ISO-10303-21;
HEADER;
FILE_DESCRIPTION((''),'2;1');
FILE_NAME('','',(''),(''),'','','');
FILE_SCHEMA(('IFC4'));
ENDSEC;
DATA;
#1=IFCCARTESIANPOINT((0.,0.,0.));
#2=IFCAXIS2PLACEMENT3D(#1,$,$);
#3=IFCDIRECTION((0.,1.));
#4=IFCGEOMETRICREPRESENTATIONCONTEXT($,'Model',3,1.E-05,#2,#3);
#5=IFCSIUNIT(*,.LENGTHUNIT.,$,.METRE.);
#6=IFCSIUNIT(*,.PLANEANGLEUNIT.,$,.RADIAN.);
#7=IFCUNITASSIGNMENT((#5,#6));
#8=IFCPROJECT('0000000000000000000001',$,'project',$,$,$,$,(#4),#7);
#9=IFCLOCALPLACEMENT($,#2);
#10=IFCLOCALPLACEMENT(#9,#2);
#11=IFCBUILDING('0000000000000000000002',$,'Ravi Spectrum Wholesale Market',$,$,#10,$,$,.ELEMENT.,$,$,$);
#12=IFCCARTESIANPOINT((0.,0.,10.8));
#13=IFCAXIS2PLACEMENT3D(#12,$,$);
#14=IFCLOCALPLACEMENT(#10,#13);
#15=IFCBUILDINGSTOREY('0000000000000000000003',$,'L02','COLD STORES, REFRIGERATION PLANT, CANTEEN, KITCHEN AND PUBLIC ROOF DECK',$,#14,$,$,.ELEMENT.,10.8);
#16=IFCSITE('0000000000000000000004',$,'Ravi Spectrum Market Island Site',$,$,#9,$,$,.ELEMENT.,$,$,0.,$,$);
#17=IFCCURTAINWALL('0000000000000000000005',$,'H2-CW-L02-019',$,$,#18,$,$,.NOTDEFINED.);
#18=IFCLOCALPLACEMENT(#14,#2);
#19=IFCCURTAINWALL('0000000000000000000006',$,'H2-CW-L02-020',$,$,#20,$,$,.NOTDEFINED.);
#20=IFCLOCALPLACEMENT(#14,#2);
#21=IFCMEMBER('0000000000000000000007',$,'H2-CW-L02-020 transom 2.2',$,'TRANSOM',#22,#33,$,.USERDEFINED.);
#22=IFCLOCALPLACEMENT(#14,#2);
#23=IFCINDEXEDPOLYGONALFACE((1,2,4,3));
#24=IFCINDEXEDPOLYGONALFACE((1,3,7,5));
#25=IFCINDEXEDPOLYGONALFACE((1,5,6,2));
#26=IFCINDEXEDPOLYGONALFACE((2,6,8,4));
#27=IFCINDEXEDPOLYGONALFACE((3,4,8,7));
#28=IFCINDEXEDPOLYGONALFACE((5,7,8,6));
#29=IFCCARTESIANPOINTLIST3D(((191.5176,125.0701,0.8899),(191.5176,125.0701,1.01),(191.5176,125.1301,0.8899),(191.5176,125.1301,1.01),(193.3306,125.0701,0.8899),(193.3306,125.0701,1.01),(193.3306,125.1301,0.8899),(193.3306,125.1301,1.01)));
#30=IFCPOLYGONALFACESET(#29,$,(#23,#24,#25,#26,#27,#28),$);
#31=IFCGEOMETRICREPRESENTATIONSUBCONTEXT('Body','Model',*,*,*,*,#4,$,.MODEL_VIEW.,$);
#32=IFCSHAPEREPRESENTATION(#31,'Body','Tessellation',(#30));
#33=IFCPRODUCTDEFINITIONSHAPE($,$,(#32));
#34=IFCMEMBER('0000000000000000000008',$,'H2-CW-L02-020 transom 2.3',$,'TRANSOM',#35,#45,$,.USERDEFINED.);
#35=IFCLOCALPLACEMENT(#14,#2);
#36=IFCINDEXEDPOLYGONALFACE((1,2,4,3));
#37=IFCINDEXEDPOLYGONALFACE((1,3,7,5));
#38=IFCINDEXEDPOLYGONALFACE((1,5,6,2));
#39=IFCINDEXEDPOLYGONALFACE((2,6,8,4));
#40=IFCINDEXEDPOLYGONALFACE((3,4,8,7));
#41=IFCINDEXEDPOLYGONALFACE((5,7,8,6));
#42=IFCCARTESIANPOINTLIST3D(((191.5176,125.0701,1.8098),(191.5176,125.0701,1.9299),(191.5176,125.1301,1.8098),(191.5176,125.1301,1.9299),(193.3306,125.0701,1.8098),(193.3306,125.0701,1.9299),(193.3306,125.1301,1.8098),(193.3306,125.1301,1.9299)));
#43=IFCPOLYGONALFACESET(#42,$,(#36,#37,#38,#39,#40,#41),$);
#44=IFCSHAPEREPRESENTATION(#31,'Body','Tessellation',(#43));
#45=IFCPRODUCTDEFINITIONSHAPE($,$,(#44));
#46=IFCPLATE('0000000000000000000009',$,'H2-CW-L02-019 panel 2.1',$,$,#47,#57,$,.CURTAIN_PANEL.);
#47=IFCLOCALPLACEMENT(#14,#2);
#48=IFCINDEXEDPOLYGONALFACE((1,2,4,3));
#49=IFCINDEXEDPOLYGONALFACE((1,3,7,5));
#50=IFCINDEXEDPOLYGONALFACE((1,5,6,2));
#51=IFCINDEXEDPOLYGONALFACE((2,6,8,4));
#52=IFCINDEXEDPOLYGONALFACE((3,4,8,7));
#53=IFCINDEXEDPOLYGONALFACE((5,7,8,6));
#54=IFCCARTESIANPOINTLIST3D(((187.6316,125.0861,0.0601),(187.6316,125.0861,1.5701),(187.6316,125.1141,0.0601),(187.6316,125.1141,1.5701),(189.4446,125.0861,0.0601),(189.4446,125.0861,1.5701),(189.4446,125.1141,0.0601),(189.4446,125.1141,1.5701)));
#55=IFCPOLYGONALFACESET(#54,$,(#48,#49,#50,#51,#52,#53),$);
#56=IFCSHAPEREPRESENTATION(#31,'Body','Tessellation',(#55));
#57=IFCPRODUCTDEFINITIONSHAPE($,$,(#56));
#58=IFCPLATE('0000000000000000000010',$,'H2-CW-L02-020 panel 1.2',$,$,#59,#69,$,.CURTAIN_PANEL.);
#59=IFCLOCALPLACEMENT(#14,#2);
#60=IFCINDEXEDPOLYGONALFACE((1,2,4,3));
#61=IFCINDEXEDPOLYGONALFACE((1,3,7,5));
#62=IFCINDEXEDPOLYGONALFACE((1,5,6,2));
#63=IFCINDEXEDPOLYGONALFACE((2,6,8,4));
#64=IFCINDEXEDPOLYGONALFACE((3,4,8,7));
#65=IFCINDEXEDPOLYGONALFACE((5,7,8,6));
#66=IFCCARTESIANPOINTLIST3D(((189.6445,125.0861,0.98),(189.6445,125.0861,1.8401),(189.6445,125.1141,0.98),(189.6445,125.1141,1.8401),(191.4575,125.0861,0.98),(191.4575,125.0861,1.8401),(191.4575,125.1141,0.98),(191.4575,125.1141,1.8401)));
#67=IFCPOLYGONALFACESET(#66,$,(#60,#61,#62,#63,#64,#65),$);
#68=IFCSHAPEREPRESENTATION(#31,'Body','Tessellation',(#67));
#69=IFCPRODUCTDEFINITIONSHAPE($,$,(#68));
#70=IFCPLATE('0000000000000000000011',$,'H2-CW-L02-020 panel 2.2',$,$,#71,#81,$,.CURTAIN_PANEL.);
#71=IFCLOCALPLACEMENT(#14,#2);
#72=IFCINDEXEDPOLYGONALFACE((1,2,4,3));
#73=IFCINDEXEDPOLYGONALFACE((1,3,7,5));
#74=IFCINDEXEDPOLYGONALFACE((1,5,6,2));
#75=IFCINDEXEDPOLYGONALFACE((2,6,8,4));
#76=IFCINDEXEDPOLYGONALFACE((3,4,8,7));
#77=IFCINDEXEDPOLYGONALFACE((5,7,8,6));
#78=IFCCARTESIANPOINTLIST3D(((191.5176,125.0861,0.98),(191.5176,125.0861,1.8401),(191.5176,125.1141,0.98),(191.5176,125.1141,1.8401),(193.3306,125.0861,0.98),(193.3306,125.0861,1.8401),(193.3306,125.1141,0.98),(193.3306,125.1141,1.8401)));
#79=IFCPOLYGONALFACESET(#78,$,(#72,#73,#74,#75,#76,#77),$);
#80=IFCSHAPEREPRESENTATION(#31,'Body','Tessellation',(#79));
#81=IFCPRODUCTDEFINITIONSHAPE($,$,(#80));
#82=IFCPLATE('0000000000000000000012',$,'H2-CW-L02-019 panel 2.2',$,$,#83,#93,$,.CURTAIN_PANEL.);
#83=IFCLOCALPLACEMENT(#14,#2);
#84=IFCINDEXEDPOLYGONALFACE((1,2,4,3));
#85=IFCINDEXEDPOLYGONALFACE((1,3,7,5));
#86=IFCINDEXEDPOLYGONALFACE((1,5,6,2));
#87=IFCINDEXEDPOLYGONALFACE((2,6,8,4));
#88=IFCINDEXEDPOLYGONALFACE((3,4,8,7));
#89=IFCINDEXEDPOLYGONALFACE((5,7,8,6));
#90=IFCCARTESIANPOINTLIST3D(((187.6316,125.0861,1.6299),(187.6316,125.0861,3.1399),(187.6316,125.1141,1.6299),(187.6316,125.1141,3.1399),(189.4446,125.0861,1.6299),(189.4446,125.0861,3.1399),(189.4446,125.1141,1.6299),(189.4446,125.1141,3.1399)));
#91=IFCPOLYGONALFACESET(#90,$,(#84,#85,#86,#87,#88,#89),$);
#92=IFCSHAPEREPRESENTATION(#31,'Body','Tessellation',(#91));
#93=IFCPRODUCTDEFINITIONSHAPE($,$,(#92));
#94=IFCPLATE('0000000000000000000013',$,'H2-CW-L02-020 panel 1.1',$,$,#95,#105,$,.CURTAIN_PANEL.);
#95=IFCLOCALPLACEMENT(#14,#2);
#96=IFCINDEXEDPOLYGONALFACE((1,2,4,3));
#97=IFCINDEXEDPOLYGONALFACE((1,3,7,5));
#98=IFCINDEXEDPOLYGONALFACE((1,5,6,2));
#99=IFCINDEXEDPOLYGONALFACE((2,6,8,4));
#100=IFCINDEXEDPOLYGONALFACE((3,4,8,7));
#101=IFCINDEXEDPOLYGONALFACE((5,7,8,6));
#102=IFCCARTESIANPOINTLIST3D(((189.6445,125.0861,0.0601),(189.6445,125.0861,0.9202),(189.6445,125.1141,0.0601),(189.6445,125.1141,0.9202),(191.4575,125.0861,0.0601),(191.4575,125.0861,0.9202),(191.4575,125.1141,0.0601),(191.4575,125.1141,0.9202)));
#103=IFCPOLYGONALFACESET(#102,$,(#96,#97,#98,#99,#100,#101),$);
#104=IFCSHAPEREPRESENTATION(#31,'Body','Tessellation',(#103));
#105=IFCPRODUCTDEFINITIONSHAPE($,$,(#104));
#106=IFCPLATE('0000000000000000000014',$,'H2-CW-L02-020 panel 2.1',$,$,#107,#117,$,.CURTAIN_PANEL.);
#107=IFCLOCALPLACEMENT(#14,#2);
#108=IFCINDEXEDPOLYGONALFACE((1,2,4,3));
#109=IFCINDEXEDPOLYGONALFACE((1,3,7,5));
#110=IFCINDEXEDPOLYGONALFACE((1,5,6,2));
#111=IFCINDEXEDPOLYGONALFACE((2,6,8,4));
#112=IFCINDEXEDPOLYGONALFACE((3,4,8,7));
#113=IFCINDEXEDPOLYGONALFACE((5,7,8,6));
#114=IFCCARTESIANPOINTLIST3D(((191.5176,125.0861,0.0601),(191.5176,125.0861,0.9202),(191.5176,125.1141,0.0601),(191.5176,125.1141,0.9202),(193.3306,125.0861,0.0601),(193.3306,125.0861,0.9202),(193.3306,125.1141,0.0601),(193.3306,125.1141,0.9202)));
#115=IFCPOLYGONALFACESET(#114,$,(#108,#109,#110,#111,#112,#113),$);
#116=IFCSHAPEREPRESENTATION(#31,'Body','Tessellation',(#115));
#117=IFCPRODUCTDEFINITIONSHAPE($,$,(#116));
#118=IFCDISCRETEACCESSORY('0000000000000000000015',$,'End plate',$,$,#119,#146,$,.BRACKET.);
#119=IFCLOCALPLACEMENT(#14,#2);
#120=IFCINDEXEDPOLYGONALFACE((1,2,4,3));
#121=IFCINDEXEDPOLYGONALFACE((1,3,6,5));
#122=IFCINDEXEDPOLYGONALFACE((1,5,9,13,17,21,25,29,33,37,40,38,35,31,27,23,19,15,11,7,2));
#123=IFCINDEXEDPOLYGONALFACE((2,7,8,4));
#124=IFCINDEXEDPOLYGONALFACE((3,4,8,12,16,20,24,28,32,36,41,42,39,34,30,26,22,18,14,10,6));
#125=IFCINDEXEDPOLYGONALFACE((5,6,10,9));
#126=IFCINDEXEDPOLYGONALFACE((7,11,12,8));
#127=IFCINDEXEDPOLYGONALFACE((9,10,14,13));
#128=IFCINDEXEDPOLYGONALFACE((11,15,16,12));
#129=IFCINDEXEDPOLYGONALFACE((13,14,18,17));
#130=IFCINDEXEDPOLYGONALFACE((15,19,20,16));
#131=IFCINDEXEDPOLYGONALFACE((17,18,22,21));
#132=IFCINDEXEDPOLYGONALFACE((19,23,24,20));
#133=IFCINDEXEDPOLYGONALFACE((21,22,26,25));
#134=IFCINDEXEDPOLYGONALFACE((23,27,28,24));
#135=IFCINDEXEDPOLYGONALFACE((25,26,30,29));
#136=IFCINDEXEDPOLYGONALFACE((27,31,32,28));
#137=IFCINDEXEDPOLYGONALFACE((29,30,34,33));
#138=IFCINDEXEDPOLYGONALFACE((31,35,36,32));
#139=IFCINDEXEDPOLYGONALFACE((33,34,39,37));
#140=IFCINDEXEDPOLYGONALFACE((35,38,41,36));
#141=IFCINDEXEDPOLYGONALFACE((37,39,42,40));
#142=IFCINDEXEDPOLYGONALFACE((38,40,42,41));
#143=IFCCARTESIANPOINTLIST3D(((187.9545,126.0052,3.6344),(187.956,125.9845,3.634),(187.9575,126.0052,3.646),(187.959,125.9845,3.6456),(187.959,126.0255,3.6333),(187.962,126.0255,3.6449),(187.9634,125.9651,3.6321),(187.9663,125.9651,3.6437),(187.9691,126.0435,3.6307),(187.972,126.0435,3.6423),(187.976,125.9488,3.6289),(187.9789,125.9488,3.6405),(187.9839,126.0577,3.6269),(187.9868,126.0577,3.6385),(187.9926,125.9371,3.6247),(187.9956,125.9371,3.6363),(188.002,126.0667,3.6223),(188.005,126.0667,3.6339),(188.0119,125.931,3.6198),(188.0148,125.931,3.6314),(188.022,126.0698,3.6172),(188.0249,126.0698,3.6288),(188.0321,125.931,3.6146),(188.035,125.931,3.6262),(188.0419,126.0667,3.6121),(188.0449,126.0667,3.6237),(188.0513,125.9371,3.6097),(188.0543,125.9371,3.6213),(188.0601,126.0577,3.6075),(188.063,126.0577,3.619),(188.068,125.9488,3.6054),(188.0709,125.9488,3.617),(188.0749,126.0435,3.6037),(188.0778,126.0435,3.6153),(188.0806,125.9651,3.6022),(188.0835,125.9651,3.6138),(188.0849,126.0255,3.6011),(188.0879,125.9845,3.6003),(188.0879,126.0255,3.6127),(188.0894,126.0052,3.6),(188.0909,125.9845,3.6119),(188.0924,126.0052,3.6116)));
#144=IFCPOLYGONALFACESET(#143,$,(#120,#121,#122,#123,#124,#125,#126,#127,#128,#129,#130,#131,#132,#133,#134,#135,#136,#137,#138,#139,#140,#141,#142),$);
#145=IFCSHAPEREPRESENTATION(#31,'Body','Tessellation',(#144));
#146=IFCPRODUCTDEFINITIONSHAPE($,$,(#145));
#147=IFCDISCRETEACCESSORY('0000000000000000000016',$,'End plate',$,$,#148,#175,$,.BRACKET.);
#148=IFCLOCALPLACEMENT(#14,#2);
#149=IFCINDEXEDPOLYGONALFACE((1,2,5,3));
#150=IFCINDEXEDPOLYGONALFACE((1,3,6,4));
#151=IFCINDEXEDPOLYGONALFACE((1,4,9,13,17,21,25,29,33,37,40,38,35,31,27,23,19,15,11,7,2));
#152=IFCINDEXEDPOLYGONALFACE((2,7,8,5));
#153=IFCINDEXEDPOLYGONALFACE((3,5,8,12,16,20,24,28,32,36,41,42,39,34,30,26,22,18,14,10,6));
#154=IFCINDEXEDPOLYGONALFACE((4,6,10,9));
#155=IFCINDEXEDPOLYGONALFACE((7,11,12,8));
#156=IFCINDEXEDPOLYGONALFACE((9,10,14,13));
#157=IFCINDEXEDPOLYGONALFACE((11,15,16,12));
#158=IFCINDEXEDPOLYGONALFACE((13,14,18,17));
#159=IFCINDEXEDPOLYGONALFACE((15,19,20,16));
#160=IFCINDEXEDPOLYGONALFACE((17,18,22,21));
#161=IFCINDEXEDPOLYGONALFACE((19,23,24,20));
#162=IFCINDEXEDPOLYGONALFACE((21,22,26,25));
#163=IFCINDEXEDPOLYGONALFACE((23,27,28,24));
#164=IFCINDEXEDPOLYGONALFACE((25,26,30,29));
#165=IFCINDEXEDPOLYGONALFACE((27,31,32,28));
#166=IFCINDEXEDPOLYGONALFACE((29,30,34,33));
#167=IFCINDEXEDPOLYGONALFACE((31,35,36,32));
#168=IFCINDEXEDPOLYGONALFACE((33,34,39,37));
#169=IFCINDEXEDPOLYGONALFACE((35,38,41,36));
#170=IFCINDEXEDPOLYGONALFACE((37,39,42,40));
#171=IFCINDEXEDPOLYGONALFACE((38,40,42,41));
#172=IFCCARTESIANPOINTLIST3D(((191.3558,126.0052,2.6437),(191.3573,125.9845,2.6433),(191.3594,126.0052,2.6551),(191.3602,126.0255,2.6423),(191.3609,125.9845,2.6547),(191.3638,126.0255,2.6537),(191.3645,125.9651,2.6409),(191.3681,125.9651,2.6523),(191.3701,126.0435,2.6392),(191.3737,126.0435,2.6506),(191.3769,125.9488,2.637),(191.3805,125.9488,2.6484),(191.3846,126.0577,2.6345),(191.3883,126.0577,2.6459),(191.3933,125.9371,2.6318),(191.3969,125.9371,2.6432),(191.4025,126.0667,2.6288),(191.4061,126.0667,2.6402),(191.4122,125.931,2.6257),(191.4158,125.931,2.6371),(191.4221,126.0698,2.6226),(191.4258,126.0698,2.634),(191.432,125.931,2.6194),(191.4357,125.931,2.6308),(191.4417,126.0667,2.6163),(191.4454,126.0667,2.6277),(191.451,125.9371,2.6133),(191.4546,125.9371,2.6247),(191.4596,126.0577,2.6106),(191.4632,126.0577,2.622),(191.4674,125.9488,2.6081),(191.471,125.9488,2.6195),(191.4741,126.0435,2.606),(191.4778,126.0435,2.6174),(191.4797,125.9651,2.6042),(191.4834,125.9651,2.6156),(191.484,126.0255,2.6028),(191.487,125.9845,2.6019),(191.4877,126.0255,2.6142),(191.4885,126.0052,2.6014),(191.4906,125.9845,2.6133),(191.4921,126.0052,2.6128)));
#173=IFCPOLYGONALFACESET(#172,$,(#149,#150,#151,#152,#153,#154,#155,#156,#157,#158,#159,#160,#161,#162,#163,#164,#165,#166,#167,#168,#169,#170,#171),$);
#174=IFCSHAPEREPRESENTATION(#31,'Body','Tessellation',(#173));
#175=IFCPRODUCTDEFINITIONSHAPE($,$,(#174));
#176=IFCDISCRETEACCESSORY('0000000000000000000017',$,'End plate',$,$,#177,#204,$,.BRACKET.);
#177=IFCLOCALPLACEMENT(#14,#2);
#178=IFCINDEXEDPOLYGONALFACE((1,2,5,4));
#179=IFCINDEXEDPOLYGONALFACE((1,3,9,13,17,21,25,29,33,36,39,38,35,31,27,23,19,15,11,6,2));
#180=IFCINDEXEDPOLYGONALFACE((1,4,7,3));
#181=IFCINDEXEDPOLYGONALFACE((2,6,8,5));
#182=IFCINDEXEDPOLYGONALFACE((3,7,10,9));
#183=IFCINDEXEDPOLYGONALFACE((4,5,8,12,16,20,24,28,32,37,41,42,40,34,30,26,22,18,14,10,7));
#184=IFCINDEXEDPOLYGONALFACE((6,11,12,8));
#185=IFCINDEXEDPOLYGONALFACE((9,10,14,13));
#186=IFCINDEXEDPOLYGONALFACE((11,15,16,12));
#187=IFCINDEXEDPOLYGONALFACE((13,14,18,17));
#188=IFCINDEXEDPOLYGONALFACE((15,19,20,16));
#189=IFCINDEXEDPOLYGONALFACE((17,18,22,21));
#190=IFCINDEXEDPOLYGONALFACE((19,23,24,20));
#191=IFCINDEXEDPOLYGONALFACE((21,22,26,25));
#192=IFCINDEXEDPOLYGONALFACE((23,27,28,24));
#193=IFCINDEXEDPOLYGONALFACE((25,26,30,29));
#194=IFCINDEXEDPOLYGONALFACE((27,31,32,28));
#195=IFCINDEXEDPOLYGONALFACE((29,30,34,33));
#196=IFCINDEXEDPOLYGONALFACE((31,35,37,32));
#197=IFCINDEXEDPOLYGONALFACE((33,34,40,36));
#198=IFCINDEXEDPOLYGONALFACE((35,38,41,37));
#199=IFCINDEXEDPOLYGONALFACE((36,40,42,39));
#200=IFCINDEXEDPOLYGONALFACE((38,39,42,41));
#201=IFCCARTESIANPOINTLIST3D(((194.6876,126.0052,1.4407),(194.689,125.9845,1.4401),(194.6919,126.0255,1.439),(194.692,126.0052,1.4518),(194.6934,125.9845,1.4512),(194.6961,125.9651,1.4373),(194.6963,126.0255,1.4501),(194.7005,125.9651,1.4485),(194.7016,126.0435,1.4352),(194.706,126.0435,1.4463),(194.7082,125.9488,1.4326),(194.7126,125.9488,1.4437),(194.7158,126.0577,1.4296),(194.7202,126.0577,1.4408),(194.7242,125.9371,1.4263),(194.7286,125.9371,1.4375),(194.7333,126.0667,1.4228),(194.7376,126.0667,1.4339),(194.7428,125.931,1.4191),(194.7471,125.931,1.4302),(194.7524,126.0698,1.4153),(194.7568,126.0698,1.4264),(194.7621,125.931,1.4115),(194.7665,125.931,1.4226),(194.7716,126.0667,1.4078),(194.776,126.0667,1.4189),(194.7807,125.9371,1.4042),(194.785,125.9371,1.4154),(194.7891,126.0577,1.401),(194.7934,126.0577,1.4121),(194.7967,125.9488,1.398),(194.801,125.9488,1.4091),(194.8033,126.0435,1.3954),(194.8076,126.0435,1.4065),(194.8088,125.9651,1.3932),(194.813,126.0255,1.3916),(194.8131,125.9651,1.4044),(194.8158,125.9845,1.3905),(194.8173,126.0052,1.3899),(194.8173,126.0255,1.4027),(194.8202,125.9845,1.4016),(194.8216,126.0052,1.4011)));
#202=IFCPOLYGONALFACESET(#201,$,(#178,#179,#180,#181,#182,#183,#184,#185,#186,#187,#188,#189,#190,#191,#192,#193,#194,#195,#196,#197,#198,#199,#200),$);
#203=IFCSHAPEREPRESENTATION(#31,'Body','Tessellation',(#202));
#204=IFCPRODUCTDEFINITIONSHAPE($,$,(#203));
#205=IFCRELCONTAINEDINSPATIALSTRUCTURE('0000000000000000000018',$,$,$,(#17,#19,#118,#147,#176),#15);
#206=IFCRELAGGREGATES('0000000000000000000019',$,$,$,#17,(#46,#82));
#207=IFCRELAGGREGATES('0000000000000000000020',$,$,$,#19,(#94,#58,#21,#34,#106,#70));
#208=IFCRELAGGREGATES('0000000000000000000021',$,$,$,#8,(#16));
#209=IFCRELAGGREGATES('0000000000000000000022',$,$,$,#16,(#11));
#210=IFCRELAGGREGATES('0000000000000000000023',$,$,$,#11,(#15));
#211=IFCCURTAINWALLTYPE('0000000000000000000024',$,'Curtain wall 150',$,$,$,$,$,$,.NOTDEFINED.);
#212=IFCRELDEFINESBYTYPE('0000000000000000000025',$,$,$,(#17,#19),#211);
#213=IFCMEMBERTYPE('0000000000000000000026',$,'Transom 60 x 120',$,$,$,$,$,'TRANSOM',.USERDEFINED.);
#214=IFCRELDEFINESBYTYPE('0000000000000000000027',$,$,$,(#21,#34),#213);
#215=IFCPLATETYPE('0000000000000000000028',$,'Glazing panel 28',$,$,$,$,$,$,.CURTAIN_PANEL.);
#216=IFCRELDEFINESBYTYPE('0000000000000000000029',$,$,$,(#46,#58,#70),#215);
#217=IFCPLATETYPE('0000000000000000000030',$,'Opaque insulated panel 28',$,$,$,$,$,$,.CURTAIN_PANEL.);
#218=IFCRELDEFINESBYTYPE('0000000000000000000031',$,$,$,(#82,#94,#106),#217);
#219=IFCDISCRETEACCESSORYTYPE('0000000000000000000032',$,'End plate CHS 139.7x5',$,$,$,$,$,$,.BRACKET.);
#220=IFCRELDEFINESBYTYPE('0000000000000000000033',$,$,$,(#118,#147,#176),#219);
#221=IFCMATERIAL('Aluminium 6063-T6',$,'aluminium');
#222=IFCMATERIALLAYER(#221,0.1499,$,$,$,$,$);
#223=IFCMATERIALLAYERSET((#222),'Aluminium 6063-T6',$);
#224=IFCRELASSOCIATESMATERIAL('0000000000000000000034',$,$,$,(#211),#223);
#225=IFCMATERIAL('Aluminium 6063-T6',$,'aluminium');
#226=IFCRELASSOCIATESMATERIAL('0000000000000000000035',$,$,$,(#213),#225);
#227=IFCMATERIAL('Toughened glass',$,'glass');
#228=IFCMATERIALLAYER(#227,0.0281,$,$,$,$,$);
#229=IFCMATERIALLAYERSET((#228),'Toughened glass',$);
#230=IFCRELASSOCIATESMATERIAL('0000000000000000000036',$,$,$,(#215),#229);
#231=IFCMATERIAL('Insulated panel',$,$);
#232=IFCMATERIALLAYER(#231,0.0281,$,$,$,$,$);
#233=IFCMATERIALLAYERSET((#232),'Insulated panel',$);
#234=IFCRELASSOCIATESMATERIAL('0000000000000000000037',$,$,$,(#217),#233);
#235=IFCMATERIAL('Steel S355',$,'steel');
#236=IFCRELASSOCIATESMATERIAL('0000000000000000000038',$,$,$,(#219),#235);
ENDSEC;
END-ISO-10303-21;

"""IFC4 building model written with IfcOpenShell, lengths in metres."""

from ifc_helpers import new_model, si_unit, direction, frame, origin, origin_2d, place, context, subcontext, project, spatial, rectangle, circle, extrude, material, layer, layer_set, material_profile, profile_set, type_object, element, aggregate, save


model = new_model("IFC4")

# Units and contexts
model_context = context("Model", 3, precision=1e-05, world=origin(), true_north=direction((0.0, 1.0)))
body_context = subcontext(model_context, "Body", "Model", "MODEL_VIEW")
ifc_project = project(units=[si_unit("LENGTHUNIT", "METRE"), si_unit("PLANEANGLEUNIT", "RADIAN")], contexts=[model_context])

# Site, building, storey
site_placement = place(None, origin())
site = spatial("IfcSite", under=ifc_project, at=site_placement, Name="Ravi Spectrum Market Island Site", CompositionType="ELEMENT", RefElevation=0.0)
building_placement = place(site_placement, origin())
building = spatial("IfcBuilding", under=site, at=building_placement, Name="Ravi Spectrum Wholesale Market", CompositionType="ELEMENT")
storey_placement = place(building_placement, frame((0.0, 0.0, 10.8)))
storey = spatial("IfcBuildingStorey", under=building, at=storey_placement, Name="L02", Description="COLD STORES, REFRIGERATION PLANT, CANTEEN, KITCHEN AND PUBLIC ROOF DECK", CompositionType="ELEMENT", Elevation=10.8)

# Curtain wall
ifc_material_1 = material(Name="Aluminium 6063-T6", Category="aluminium")
ifc_layer_1 = layer(ifc_material_1, 0.1499)
ifc_layer_set_1 = layer_set([ifc_layer_1], Name="Aluminium 6063-T6")
curtain_wall_type = type_object("IfcCurtainWallType", Name="Curtain wall 150", PredefinedType="NOTDEFINED", material=ifc_layer_set_1)
curtain_wall_1_placement = place(storey_placement, origin())
curtain_wall_1 = element("IfcCurtainWall", 1, at=curtain_wall_1_placement, inside=storey, type_object=curtain_wall_type, Name="H2-CW-L02-019", PredefinedType="NOTDEFINED")

# Curtain wall
curtain_wall_2_placement = place(storey_placement, origin())
curtain_wall_2 = element("IfcCurtainWall", 2, at=curtain_wall_2_placement, inside=storey, type_object=curtain_wall_type, Name="H2-CW-L02-020", PredefinedType="NOTDEFINED")

# Members
ifc_material_2 = material(Name="Aluminium 6063-T6", Category="aluminium")
ifc_material_profile_1 = material_profile(ifc_material_2, rectangle(XDim=0.0601, YDim=0.1201, at=origin_2d()))
ifc_profile_set_1 = profile_set([ifc_material_profile_1], Name="Aluminium 6063-T6")
member_type_1 = type_object("IfcMemberType", Name="Transom 60 x 120", ElementType="TRANSOM", PredefinedType="USERDEFINED", material=ifc_profile_set_1)
member_1_placement = place(storey_placement, frame((191.5176, 125.1001, 0.95), z_axis=(1.0, 0.0, 0.0), x_axis=(0.0, 1.0, 0.0)))
member_1 = element("IfcMember", 3, at=member_1_placement, type_object=member_type_1, Name="H2-CW-L02-020 transom 2.2", ObjectType="TRANSOM", PredefinedType="USERDEFINED", context=body_context, shape_type="SweptSolid", body=[
    extrude(rectangle(XDim=0.0601, YDim=0.1201, at=origin_2d()), origin(), (0.0, 0.0, 1.0), 1.813),
])
member_2_placement = place(storey_placement, frame((191.5176, 125.1001, 1.8699), z_axis=(1.0, 0.0, 0.0), x_axis=(0.0, 1.0, 0.0)))
member_2 = element("IfcMember", 4, at=member_2_placement, type_object=member_type_1, Name="H2-CW-L02-020 transom 2.3", ObjectType="TRANSOM", PredefinedType="USERDEFINED", context=body_context, shape_type="SweptSolid", body=[
    extrude(rectangle(XDim=0.0601, YDim=0.1201, at=origin_2d()), origin(), (0.0, 0.0, 1.0), 1.813),
])

# Plates
ifc_material_3 = material(Name="Toughened glass", Category="glass")
ifc_layer_2 = layer(ifc_material_3, 0.0281)
ifc_layer_set_2 = layer_set([ifc_layer_2], Name="Toughened glass")
plate_type_1 = type_object("IfcPlateType", Name="Glazing panel 28", PredefinedType="CURTAIN_PANEL", material=ifc_layer_set_2)
plate_1_placement = place(storey_placement, frame((188.5381, 125.1001, 0.0601), z_axis=(0.0, 0.0, 1.0), x_axis=(1.0, 0.0, 0.0)))
plate_1 = element("IfcPlate", 5, at=plate_1_placement, type_object=plate_type_1, Name="H2-CW-L02-019 panel 2.1", PredefinedType="CURTAIN_PANEL", context=body_context, shape_type="SweptSolid", body=[
    extrude(rectangle(XDim=1.813, YDim=0.0281, at=origin_2d()), origin(), (0.0, 0.0, 1.0), 1.51),
])
plate_2_placement = place(storey_placement, frame((190.551, 125.1001, 0.98), z_axis=(0.0, 0.0, 1.0), x_axis=(1.0, 0.0, 0.0)))
plate_2 = element("IfcPlate", 6, at=plate_2_placement, type_object=plate_type_1, Name="H2-CW-L02-020 panel 1.2", PredefinedType="CURTAIN_PANEL", context=body_context, shape_type="SweptSolid", body=[
    extrude(rectangle(XDim=1.813, YDim=0.0281, at=origin_2d()), origin(), (0.0, 0.0, 1.0), 0.8601),
])
plate_3_placement = place(storey_placement, frame((192.4241, 125.1001, 0.98), z_axis=(0.0, 0.0, 1.0), x_axis=(1.0, 0.0, 0.0)))
plate_3 = element("IfcPlate", 7, at=plate_3_placement, type_object=plate_type_1, Name="H2-CW-L02-020 panel 2.2", PredefinedType="CURTAIN_PANEL", context=body_context, shape_type="SweptSolid", body=[
    extrude(rectangle(XDim=1.813, YDim=0.0281, at=origin_2d()), origin(), (0.0, 0.0, 1.0), 0.8601),
])
ifc_material_4 = material(Name="Insulated panel")
ifc_layer_3 = layer(ifc_material_4, 0.0281)
ifc_layer_set_3 = layer_set([ifc_layer_3], Name="Insulated panel")
plate_type_2 = type_object("IfcPlateType", Name="Opaque insulated panel 28", PredefinedType="CURTAIN_PANEL", material=ifc_layer_set_3)
plate_4_placement = place(storey_placement, frame((188.5381, 125.1001, 1.6299), z_axis=(0.0, 0.0, 1.0), x_axis=(1.0, 0.0, 0.0)))
plate_4 = element("IfcPlate", 8, at=plate_4_placement, type_object=plate_type_2, Name="H2-CW-L02-019 panel 2.2", PredefinedType="CURTAIN_PANEL", context=body_context, shape_type="SweptSolid", body=[
    extrude(rectangle(XDim=1.813, YDim=0.0281, at=origin_2d()), origin(), (0.0, 0.0, 1.0), 1.51),
])
aggregate(curtain_wall_1, [plate_1, plate_4])
plate_5_placement = place(storey_placement, frame((190.551, 125.1001, 0.0601), z_axis=(0.0, 0.0, 1.0), x_axis=(1.0, 0.0, 0.0)))
plate_5 = element("IfcPlate", 9, at=plate_5_placement, type_object=plate_type_2, Name="H2-CW-L02-020 panel 1.1", PredefinedType="CURTAIN_PANEL", context=body_context, shape_type="SweptSolid", body=[
    extrude(rectangle(XDim=1.813, YDim=0.0281, at=origin_2d()), origin(), (0.0, 0.0, 1.0), 0.8601),
])
plate_6_placement = place(storey_placement, frame((192.4241, 125.1001, 0.0601), z_axis=(0.0, 0.0, 1.0), x_axis=(1.0, 0.0, 0.0)))
plate_6 = element("IfcPlate", 10, at=plate_6_placement, type_object=plate_type_2, Name="H2-CW-L02-020 panel 2.1", PredefinedType="CURTAIN_PANEL", context=body_context, shape_type="SweptSolid", body=[
    extrude(rectangle(XDim=1.813, YDim=0.0281, at=origin_2d()), origin(), (0.0, 0.0, 1.0), 0.8601),
])
aggregate(curtain_wall_2, [plate_5, plate_2, member_1, member_2, plate_6, plate_3])

# Discrete accessories
ifc_material_5 = material(Name="Steel S355", Category="steel")
ifc_material_profile_2 = material_profile(ifc_material_5, circle(Radius=0.0698, at=origin_2d()))
ifc_profile_set_2 = profile_set([ifc_material_profile_2], Name="Steel S355")
discrete_accessory_type_1 = type_object("IfcDiscreteAccessoryType", Name="End plate CHS 139.7x5", PredefinedType="BRACKET", material=ifc_profile_set_2)
for number, where, z_axis, x_axis, name in (
    (11, (188.022, 126.0, 3.6172), (0.247383, 0.0, 0.968918), (0.0, 1.0, 0.0), "End plate"),
    (12, (191.4221, 126.0, 2.6226), (0.30404, 0.0, 0.952659), (0.0, 1.0, 0.0), "End plate"),
    (13, (194.7524, 126.0, 1.4153), (0.364399, 0.0, 0.931243), (0.0, 1.0, 0.0), "End plate"),
):
    element("IfcDiscreteAccessory", number, at=place(storey_placement, frame(where, z_axis=z_axis, x_axis=x_axis)), inside=storey, type_object=discrete_accessory_type_1, Name=name, PredefinedType="BRACKET", context=body_context, shape_type="SweptSolid", body=[
        extrude(circle(Radius=0.0698, at=origin_2d()), origin(), (0.0, 0.0, 1.0), 0.012),
    ])

save(model, "model.ifc")
